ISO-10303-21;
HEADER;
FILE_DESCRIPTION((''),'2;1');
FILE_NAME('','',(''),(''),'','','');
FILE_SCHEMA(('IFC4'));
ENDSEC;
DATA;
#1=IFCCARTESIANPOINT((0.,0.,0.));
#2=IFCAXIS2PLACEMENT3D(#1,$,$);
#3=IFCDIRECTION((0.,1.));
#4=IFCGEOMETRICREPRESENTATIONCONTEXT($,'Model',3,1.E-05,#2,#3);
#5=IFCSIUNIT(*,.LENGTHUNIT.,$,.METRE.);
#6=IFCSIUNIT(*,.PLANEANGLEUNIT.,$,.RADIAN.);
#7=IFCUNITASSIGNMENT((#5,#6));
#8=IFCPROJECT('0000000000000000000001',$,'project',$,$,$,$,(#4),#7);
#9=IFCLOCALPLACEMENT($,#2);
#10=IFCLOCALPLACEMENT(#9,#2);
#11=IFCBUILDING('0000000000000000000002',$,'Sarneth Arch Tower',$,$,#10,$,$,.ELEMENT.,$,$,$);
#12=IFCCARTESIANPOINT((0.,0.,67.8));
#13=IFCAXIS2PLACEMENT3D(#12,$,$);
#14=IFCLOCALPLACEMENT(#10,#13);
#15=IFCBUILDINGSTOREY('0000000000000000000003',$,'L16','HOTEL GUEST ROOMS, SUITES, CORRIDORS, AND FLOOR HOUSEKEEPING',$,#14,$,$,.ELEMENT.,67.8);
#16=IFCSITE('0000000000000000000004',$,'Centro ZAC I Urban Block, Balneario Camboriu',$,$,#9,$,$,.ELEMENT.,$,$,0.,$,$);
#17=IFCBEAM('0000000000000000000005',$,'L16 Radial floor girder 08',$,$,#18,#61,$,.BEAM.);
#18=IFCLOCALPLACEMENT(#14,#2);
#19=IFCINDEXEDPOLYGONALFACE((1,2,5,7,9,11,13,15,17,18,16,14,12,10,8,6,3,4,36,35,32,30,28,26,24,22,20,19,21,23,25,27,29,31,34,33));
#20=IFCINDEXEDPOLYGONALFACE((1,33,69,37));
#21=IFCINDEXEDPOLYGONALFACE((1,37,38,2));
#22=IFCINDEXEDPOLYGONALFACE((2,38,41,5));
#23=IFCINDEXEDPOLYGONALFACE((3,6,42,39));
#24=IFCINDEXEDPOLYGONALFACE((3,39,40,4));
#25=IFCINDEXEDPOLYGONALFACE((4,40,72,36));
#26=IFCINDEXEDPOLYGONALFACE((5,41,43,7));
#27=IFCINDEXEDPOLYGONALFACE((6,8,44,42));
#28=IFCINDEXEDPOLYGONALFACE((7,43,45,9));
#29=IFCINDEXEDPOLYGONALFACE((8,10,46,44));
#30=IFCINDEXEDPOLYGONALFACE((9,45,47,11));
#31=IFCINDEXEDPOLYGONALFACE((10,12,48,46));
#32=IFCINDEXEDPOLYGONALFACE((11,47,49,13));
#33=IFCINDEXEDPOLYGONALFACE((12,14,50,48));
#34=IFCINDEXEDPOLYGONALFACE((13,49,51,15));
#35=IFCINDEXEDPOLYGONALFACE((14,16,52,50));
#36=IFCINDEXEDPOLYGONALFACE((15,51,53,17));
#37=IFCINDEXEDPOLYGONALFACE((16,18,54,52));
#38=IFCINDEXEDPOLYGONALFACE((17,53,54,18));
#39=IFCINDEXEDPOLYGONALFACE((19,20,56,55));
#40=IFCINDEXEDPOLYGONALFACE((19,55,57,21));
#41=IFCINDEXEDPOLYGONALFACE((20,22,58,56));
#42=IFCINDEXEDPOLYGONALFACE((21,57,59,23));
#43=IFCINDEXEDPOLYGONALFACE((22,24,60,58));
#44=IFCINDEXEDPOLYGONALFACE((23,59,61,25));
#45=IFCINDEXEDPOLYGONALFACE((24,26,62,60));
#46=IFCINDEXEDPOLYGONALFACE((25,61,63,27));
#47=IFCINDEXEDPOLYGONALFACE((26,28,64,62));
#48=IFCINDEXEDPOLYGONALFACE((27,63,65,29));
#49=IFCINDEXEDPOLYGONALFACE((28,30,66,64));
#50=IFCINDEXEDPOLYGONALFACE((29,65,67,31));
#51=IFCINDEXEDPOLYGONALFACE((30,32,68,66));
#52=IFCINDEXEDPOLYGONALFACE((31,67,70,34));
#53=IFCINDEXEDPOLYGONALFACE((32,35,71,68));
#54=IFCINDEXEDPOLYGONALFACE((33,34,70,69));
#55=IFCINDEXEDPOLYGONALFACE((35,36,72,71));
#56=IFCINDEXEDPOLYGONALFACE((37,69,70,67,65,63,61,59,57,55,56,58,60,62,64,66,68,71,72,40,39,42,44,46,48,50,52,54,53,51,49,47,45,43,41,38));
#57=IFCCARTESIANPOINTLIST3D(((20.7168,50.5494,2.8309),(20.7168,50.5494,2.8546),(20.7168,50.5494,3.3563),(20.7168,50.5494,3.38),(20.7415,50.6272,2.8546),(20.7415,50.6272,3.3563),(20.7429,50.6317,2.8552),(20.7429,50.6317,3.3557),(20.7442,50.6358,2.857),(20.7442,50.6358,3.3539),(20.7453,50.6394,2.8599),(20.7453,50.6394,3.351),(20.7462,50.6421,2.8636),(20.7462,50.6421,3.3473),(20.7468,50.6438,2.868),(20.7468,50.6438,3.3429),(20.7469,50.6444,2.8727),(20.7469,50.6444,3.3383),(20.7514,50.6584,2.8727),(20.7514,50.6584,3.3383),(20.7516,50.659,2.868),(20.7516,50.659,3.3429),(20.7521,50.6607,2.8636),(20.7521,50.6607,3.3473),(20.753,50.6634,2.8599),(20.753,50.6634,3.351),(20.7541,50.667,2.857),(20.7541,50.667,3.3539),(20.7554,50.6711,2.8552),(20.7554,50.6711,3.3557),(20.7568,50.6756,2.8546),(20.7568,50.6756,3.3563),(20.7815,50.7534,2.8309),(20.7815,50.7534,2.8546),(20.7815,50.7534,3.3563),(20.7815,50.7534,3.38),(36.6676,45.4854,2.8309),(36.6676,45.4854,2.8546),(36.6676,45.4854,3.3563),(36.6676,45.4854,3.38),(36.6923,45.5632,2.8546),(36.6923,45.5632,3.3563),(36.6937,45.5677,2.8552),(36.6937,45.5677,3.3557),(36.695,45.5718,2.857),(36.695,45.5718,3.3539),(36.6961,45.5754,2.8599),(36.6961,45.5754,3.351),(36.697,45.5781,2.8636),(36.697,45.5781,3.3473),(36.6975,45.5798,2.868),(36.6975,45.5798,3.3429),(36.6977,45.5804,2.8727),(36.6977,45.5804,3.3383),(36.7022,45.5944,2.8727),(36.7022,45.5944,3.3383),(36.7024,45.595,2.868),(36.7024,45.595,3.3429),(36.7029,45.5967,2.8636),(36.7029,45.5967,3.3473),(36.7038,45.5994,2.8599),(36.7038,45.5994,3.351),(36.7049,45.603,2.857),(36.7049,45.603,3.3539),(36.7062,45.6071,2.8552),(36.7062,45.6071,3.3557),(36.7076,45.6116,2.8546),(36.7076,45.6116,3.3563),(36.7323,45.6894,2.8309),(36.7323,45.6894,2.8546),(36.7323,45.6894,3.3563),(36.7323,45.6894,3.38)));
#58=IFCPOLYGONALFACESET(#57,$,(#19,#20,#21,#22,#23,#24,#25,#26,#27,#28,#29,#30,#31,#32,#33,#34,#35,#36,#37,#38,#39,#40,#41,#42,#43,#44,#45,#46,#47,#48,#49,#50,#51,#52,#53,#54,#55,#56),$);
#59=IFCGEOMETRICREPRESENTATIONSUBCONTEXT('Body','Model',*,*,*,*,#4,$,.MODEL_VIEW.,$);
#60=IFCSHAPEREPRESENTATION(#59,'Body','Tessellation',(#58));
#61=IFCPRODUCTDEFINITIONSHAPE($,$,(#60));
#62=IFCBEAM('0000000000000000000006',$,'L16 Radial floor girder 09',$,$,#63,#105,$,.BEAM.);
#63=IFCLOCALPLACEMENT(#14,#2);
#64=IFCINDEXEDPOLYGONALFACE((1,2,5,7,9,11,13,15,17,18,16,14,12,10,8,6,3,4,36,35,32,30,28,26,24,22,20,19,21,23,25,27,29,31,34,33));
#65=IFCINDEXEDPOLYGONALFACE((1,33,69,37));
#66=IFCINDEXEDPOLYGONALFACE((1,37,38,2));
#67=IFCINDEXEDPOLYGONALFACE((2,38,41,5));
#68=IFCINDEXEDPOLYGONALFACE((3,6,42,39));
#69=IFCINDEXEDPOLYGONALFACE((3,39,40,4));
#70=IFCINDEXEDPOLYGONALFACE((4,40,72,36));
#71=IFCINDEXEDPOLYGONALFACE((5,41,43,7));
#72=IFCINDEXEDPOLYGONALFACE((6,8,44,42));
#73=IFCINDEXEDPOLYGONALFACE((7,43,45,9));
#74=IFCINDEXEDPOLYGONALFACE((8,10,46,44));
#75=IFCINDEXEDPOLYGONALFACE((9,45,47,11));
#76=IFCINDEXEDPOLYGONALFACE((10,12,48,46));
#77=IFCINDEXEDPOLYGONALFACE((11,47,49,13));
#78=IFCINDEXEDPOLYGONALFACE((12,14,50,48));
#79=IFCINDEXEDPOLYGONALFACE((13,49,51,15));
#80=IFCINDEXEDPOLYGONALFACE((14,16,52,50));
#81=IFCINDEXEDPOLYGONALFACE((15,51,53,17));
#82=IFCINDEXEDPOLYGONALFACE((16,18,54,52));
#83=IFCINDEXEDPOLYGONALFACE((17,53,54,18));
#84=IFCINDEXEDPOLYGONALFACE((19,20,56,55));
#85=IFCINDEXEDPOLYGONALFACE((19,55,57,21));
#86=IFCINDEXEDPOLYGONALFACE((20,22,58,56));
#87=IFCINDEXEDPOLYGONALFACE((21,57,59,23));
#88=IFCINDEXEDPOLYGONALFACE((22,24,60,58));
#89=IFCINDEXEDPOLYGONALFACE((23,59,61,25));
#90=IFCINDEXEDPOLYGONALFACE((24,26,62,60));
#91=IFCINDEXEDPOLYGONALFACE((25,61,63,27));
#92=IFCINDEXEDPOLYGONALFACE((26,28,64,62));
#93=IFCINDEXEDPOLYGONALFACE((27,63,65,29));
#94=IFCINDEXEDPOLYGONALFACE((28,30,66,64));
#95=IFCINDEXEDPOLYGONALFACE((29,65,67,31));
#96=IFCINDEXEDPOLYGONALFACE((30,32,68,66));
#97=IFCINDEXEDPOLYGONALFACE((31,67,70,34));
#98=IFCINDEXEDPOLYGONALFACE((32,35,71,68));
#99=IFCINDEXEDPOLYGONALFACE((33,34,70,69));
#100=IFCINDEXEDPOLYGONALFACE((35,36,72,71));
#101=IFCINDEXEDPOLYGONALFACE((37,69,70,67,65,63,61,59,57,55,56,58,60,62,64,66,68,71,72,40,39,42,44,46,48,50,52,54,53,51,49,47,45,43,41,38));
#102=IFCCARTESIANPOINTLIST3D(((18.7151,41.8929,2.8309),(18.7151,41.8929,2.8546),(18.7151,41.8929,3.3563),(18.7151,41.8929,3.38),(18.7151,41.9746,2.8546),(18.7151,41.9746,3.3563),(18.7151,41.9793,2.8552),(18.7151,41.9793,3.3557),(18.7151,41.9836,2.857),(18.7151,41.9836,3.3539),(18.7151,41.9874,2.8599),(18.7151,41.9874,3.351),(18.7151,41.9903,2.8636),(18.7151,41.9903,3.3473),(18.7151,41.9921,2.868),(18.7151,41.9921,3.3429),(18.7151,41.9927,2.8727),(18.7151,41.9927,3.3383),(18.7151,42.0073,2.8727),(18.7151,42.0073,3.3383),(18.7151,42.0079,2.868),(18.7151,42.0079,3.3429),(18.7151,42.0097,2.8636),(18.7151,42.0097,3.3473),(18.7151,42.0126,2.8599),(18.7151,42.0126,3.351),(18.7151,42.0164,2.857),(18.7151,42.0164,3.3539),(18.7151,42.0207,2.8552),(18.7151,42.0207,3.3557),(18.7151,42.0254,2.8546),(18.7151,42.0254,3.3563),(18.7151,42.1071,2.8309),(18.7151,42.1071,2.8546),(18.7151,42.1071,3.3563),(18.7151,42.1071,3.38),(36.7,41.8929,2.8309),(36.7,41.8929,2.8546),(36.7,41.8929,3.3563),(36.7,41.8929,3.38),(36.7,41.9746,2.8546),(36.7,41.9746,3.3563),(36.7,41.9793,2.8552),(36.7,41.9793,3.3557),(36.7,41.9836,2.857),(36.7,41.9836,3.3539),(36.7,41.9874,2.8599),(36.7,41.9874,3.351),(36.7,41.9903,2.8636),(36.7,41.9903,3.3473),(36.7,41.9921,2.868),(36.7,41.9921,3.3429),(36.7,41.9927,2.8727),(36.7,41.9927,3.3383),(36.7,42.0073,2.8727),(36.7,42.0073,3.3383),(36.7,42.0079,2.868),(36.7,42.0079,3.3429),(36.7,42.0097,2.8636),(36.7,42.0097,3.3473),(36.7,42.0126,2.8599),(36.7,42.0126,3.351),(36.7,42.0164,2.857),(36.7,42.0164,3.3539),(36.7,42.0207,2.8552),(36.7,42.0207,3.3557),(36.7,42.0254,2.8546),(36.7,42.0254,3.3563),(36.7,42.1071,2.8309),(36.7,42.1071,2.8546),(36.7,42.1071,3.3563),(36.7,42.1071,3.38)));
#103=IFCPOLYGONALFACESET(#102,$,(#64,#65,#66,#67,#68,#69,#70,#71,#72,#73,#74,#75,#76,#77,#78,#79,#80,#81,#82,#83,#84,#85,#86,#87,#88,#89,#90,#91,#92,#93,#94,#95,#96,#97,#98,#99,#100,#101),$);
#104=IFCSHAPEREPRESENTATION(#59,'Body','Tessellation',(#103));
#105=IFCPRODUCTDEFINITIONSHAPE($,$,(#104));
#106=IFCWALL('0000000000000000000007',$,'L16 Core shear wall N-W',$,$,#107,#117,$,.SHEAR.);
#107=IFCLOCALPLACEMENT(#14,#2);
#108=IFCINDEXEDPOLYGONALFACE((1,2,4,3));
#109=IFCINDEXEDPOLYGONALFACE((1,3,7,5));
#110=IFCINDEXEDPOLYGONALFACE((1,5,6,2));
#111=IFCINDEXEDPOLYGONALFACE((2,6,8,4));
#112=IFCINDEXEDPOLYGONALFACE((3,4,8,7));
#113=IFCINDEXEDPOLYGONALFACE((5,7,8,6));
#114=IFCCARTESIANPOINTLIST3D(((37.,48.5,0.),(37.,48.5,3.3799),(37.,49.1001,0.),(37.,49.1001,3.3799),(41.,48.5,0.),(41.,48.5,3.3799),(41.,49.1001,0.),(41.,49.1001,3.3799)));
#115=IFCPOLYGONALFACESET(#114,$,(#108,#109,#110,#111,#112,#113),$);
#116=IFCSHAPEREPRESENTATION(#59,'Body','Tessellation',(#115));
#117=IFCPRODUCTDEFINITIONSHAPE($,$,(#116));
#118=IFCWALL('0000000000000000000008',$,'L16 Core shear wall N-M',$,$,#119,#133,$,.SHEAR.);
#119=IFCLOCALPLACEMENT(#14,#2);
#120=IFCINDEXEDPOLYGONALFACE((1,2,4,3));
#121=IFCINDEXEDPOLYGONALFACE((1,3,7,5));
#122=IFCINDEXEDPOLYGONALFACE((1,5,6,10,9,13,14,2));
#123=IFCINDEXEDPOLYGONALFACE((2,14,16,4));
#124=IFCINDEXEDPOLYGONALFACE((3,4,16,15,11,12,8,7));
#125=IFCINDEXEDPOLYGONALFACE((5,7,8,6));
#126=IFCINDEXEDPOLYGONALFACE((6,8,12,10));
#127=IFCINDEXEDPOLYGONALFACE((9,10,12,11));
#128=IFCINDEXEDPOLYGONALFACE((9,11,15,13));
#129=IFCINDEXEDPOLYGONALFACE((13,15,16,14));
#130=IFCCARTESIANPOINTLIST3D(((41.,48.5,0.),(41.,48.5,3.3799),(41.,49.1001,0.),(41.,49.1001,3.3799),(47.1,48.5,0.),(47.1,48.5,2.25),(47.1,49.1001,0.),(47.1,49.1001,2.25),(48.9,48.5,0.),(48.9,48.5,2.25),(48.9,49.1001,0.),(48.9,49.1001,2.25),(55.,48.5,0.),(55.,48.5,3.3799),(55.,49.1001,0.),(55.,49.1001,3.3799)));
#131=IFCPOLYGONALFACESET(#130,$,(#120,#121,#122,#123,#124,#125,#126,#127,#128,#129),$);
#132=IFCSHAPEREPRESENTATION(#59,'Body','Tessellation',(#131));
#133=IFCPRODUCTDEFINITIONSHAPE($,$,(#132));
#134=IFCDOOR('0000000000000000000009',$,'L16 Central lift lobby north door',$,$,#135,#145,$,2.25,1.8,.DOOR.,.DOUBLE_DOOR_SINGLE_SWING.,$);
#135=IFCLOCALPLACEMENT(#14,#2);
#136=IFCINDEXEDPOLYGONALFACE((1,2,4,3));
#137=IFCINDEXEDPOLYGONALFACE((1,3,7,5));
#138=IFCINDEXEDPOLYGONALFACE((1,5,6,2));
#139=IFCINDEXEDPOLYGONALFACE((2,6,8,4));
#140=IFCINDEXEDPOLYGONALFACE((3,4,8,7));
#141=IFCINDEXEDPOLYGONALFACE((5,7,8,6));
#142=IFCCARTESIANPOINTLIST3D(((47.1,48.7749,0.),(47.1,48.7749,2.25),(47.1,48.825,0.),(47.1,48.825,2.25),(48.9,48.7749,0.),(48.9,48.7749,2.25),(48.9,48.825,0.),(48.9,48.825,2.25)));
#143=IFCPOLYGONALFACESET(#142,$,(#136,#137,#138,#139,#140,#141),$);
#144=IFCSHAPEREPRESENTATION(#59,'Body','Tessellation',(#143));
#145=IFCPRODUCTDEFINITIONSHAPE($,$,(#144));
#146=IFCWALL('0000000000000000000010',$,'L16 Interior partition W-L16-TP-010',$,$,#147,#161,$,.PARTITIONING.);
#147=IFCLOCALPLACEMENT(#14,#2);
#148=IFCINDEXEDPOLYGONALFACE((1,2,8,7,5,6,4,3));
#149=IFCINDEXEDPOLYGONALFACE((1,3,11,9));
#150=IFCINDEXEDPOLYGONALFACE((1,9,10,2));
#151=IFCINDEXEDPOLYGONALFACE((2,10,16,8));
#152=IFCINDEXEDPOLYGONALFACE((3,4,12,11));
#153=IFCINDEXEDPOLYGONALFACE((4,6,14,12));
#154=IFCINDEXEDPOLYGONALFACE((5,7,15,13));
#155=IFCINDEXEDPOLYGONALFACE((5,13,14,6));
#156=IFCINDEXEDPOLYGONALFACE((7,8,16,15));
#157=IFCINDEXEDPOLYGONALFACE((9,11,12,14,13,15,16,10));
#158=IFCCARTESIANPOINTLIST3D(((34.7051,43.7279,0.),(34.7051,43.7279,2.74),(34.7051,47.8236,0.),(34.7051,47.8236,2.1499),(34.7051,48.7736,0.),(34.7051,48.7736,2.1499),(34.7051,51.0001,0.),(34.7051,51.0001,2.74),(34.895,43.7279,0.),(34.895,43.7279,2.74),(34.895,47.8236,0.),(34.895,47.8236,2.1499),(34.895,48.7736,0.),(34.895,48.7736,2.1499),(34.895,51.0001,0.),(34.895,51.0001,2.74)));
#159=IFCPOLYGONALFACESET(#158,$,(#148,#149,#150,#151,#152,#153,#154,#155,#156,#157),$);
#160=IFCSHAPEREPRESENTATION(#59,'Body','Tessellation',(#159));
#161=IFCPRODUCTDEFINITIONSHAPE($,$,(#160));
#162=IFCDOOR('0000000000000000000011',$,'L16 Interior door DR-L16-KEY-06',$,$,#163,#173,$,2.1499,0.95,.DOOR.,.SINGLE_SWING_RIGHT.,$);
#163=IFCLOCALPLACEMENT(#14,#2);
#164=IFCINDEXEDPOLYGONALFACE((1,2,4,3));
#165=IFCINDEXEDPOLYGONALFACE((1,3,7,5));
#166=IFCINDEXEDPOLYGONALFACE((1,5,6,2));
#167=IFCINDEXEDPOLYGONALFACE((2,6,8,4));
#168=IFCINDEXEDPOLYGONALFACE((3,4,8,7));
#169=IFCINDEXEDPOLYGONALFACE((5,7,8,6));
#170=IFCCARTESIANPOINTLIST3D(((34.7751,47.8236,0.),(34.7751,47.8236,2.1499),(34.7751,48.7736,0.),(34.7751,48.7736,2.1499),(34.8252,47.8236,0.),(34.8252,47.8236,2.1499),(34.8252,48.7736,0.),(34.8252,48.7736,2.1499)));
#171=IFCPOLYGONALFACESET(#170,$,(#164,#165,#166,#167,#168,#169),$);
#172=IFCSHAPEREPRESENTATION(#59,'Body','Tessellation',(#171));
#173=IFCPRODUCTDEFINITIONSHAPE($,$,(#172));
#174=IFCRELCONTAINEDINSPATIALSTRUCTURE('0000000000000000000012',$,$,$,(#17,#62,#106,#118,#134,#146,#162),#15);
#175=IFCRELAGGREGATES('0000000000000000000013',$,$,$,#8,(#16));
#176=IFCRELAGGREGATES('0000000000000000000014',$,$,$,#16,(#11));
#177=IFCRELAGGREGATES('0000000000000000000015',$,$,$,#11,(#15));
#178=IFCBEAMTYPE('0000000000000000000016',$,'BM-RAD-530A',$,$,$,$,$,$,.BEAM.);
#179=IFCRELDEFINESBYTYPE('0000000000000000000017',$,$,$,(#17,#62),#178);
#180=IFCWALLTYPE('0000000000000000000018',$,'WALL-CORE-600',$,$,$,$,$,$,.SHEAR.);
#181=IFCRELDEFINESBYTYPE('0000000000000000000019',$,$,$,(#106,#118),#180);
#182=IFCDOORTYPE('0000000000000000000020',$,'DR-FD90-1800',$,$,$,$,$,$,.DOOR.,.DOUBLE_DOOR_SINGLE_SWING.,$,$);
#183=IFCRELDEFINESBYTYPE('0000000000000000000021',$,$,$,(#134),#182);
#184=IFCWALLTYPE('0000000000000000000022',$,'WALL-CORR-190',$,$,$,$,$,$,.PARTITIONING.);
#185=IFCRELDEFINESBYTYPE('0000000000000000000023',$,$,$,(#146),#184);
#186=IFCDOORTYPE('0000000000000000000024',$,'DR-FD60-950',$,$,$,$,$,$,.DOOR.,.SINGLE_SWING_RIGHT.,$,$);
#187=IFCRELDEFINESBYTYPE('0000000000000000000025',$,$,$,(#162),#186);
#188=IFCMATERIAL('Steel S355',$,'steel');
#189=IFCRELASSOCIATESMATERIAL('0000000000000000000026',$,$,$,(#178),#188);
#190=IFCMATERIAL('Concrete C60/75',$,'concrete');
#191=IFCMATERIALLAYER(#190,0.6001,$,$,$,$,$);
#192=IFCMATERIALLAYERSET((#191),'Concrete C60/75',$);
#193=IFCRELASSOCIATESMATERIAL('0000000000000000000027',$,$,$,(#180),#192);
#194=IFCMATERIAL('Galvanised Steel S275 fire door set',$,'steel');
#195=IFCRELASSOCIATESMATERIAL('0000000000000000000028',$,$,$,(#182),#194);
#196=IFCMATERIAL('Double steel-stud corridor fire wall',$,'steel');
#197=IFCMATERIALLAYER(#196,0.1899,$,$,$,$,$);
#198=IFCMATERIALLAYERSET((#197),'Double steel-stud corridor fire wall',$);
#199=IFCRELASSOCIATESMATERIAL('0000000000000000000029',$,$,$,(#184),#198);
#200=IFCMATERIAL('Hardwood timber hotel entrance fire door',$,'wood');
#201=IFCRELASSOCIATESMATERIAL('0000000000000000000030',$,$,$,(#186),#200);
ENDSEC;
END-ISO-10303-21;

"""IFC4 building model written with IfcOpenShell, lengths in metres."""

from ifc_helpers import new_model, si_unit, direction, frame, frame_2d, origin, origin_2d, place, context, subcontext, project, spatial, rectangle, i_section, extrude, material, layer, layer_set, material_profile, profile_set, type_object, element, fill, save


model = new_model("IFC4")

# Units and contexts
model_context = context("Model", 3, precision=1e-05, world=origin(), true_north=direction((0.0, 1.0)))
body_context = subcontext(model_context, "Body", "Model", "MODEL_VIEW")
ifc_project = project(units=[si_unit("LENGTHUNIT", "METRE"), si_unit("PLANEANGLEUNIT", "RADIAN")], contexts=[model_context])

# Site, building, storey
site_placement = place(None, origin())
site = spatial("IfcSite", under=ifc_project, at=site_placement, Name="Centro ZAC I Urban Block, Balneario Camboriu", CompositionType="ELEMENT", RefElevation=0.0)
building_placement = place(site_placement, origin())
building = spatial("IfcBuilding", under=site, at=building_placement, Name="Sarneth Arch Tower", CompositionType="ELEMENT")
storey_placement = place(building_placement, frame((0.0, 0.0, 67.8)))
storey = spatial("IfcBuildingStorey", under=building, at=storey_placement, Name="L16", Description="HOTEL GUEST ROOMS, SUITES, CORRIDORS, AND FLOOR HOUSEKEEPING", CompositionType="ELEMENT", Elevation=67.8)

# Beams
ifc_material_1 = material(Name="Steel S355", Category="steel")
ifc_material_profile = material_profile(ifc_material_1, i_section(OverallWidth=0.2141, OverallDepth=0.5491, WebThickness=0.0146, FlangeThickness=0.0237, FilletRadius=0.0181, at=origin_2d()), Name="W530x138")
ifc_profile_set = profile_set([ifc_material_profile], Name="Steel S355")
beam_type = type_object("IfcBeamType", Name="BM-RAD-530A", PredefinedType="BEAM", material=ifc_profile_set)
beam_1_placement = place(storey_placement, frame((36.7, 45.5874, 3.1055), z_axis=(-0.95312, 0.302593, 0.0), x_axis=(-0.302593, -0.95312, 0.0)))
element("IfcBeam", 1, at=beam_1_placement, inside=storey, type_object=beam_type, Name="L16 Radial floor girder 08", PredefinedType="BEAM", context=body_context, shape_type="SweptSolid", body=[
    extrude(i_section(OverallWidth=0.2141, OverallDepth=0.5491, WebThickness=0.0146, FlangeThickness=0.0237, FilletRadius=0.0181, at=origin_2d()), origin(), (0.0, 0.0, 1.0), 16.7354),
])
beam_2_placement = place(storey_placement, frame((36.7, 42.0, 3.1055), z_axis=(-1.0, 0.0, 0.0), x_axis=(0.0, -1.0, 0.0)))
element("IfcBeam", 2, at=beam_2_placement, inside=storey, type_object=beam_type, Name="L16 Radial floor girder 09", PredefinedType="BEAM", context=body_context, shape_type="SweptSolid", body=[
    extrude(i_section(OverallWidth=0.2141, OverallDepth=0.5491, WebThickness=0.0146, FlangeThickness=0.0237, FilletRadius=0.0181, at=origin_2d()), origin(), (0.0, 0.0, 1.0), 17.9849),
])

# Wall
ifc_material_2 = material(Name="Concrete C60/75", Category="concrete")
ifc_layer_1 = layer(ifc_material_2, 0.6001)
ifc_layer_set_1 = layer_set([ifc_layer_1], Name="Concrete C60/75")
wall_type_1 = type_object("IfcWallType", Name="WALL-CORE-600", PredefinedType="SHEAR", material=ifc_layer_set_1)
wall_1_placement = place(storey_placement, frame((37.0, 48.8, 0.0), z_axis=(0.0, 0.0, 1.0), x_axis=(1.0, 0.0, 0.0)))
element("IfcWall", 3, at=wall_1_placement, inside=storey, type_object=wall_type_1, Name="L16 Core shear wall N-W", PredefinedType="SHEAR", context=body_context, shape_type="SweptSolid", body=[
    extrude(rectangle(XDim=4.0, YDim=0.6001, at=frame_2d((2.0, 0.0))), origin(), (0.0, 0.0, 1.0), 3.3799),
])

# Walls, openings, doors
wall_2_placement = place(storey_placement, frame((41.0, 48.8, 0.0), z_axis=(0.0, 0.0, 1.0), x_axis=(1.0, 0.0, 0.0)))
wall_2 = element("IfcWall", 4, at=wall_2_placement, inside=storey, type_object=wall_type_1, Name="L16 Core shear wall N-M", PredefinedType="SHEAR", context=body_context, shape_type="SweptSolid", body=[
    extrude(rectangle(XDim=14.0, YDim=0.6001, at=frame_2d((7.0, 0.0))), origin(), (0.0, 0.0, 1.0), 3.3799),
])
opening_1_placement = place(wall_2_placement, frame((6.1001, 0.0, 0.0)))
opening_1 = element("IfcOpeningElement", 5, at=opening_1_placement, cuts=wall_2, PredefinedType="OPENING", context=body_context, shape_type="SweptSolid", body=[
    extrude(rectangle(XDim=1.8, YDim=2.25, at=frame_2d((0.8999, 1.125))), frame((0.0, 0.3101, 0.0), z_axis=(0.0, -1.0, 0.0), x_axis=(1.0, 0.0, 0.0)), (0.0, 0.0, 1.0), 0.6201),
])
ifc_material_3 = material(Name="Galvanised Steel S275 fire door set", Category="steel")
door_type_1 = type_object("IfcDoorType", Name="DR-FD90-1800", OperationType="DOUBLE_DOOR_SINGLE_SWING", PredefinedType="DOOR", material=ifc_material_3)
door_1_placement = place(opening_1_placement, origin())
door_1 = element("IfcDoor", 6, at=door_1_placement, inside=storey, type_object=door_type_1, Name="L16 Central lift lobby north door", OperationType="DOUBLE_DOOR_SINGLE_SWING", OverallHeight=2.25, OverallWidth=1.8, PredefinedType="DOOR", context=body_context, shape_type="SweptSolid", body=[
    extrude(rectangle(XDim=1.8, YDim=2.25, at=frame_2d((0.8999, 1.125))), frame((0.0, 0.0249, 0.0), z_axis=(0.0, -1.0, 0.0), x_axis=(1.0, 0.0, 0.0)), (0.0, 0.0, 1.0), 0.05),
])
fill(opening_1, door_1)
ifc_material_4 = material(Name="Double steel-stud corridor fire wall", Category="steel")
ifc_layer_2 = layer(ifc_material_4, 0.1899)
ifc_layer_set_2 = layer_set([ifc_layer_2], Name="Double steel-stud corridor fire wall")
wall_type_2 = type_object("IfcWallType", Name="WALL-CORR-190", PredefinedType="PARTITIONING", material=ifc_layer_set_2)
wall_3_placement = place(storey_placement, frame((34.8, 43.7278, 0.0), z_axis=(0.0, 0.0, 1.0), x_axis=(0.0, 1.0, 0.0)))
wall_3 = element("IfcWall", 7, at=wall_3_placement, inside=storey, type_object=wall_type_2, Name="L16 Interior partition W-L16-TP-010", PredefinedType="PARTITIONING", context=body_context, shape_type="SweptSolid", body=[
    extrude(rectangle(XDim=7.2722, YDim=0.1899, at=frame_2d((3.6362, 0.0))), origin(), (0.0, 0.0, 1.0), 2.74),
])
opening_2_placement = place(wall_3_placement, frame((4.0957, 0.0, 0.0)))
opening_2 = element("IfcOpeningElement", 8, at=opening_2_placement, cuts=wall_3, PredefinedType="OPENING", context=body_context, shape_type="SweptSolid", body=[
    extrude(rectangle(XDim=0.95, YDim=2.1499, at=frame_2d((0.4751, 1.075))), frame((0.0, 0.105, 0.0), z_axis=(0.0, -1.0, 0.0), x_axis=(1.0, 0.0, 0.0)), (0.0, 0.0, 1.0), 0.21),
])
ifc_material_5 = material(Name="Hardwood timber hotel entrance fire door", Category="wood")
door_type_2 = type_object("IfcDoorType", Name="DR-FD60-950", OperationType="SINGLE_SWING_RIGHT", PredefinedType="DOOR", material=ifc_material_5)
door_2_placement = place(opening_2_placement, origin())
door_2 = element("IfcDoor", 9, at=door_2_placement, inside=storey, type_object=door_type_2, Name="L16 Interior door DR-L16-KEY-06", OperationType="SINGLE_SWING_RIGHT", OverallHeight=2.1499, OverallWidth=0.95, PredefinedType="DOOR", context=body_context, shape_type="SweptSolid", body=[
    extrude(rectangle(XDim=0.95, YDim=2.1499, at=frame_2d((0.4751, 1.075))), frame((0.0, 0.0249, 0.0), z_axis=(0.0, -1.0, 0.0), x_axis=(1.0, 0.0, 0.0)), (0.0, 0.0, 1.0), 0.05),
])
fill(opening_2, door_2)

save(model, "model.ifc")
